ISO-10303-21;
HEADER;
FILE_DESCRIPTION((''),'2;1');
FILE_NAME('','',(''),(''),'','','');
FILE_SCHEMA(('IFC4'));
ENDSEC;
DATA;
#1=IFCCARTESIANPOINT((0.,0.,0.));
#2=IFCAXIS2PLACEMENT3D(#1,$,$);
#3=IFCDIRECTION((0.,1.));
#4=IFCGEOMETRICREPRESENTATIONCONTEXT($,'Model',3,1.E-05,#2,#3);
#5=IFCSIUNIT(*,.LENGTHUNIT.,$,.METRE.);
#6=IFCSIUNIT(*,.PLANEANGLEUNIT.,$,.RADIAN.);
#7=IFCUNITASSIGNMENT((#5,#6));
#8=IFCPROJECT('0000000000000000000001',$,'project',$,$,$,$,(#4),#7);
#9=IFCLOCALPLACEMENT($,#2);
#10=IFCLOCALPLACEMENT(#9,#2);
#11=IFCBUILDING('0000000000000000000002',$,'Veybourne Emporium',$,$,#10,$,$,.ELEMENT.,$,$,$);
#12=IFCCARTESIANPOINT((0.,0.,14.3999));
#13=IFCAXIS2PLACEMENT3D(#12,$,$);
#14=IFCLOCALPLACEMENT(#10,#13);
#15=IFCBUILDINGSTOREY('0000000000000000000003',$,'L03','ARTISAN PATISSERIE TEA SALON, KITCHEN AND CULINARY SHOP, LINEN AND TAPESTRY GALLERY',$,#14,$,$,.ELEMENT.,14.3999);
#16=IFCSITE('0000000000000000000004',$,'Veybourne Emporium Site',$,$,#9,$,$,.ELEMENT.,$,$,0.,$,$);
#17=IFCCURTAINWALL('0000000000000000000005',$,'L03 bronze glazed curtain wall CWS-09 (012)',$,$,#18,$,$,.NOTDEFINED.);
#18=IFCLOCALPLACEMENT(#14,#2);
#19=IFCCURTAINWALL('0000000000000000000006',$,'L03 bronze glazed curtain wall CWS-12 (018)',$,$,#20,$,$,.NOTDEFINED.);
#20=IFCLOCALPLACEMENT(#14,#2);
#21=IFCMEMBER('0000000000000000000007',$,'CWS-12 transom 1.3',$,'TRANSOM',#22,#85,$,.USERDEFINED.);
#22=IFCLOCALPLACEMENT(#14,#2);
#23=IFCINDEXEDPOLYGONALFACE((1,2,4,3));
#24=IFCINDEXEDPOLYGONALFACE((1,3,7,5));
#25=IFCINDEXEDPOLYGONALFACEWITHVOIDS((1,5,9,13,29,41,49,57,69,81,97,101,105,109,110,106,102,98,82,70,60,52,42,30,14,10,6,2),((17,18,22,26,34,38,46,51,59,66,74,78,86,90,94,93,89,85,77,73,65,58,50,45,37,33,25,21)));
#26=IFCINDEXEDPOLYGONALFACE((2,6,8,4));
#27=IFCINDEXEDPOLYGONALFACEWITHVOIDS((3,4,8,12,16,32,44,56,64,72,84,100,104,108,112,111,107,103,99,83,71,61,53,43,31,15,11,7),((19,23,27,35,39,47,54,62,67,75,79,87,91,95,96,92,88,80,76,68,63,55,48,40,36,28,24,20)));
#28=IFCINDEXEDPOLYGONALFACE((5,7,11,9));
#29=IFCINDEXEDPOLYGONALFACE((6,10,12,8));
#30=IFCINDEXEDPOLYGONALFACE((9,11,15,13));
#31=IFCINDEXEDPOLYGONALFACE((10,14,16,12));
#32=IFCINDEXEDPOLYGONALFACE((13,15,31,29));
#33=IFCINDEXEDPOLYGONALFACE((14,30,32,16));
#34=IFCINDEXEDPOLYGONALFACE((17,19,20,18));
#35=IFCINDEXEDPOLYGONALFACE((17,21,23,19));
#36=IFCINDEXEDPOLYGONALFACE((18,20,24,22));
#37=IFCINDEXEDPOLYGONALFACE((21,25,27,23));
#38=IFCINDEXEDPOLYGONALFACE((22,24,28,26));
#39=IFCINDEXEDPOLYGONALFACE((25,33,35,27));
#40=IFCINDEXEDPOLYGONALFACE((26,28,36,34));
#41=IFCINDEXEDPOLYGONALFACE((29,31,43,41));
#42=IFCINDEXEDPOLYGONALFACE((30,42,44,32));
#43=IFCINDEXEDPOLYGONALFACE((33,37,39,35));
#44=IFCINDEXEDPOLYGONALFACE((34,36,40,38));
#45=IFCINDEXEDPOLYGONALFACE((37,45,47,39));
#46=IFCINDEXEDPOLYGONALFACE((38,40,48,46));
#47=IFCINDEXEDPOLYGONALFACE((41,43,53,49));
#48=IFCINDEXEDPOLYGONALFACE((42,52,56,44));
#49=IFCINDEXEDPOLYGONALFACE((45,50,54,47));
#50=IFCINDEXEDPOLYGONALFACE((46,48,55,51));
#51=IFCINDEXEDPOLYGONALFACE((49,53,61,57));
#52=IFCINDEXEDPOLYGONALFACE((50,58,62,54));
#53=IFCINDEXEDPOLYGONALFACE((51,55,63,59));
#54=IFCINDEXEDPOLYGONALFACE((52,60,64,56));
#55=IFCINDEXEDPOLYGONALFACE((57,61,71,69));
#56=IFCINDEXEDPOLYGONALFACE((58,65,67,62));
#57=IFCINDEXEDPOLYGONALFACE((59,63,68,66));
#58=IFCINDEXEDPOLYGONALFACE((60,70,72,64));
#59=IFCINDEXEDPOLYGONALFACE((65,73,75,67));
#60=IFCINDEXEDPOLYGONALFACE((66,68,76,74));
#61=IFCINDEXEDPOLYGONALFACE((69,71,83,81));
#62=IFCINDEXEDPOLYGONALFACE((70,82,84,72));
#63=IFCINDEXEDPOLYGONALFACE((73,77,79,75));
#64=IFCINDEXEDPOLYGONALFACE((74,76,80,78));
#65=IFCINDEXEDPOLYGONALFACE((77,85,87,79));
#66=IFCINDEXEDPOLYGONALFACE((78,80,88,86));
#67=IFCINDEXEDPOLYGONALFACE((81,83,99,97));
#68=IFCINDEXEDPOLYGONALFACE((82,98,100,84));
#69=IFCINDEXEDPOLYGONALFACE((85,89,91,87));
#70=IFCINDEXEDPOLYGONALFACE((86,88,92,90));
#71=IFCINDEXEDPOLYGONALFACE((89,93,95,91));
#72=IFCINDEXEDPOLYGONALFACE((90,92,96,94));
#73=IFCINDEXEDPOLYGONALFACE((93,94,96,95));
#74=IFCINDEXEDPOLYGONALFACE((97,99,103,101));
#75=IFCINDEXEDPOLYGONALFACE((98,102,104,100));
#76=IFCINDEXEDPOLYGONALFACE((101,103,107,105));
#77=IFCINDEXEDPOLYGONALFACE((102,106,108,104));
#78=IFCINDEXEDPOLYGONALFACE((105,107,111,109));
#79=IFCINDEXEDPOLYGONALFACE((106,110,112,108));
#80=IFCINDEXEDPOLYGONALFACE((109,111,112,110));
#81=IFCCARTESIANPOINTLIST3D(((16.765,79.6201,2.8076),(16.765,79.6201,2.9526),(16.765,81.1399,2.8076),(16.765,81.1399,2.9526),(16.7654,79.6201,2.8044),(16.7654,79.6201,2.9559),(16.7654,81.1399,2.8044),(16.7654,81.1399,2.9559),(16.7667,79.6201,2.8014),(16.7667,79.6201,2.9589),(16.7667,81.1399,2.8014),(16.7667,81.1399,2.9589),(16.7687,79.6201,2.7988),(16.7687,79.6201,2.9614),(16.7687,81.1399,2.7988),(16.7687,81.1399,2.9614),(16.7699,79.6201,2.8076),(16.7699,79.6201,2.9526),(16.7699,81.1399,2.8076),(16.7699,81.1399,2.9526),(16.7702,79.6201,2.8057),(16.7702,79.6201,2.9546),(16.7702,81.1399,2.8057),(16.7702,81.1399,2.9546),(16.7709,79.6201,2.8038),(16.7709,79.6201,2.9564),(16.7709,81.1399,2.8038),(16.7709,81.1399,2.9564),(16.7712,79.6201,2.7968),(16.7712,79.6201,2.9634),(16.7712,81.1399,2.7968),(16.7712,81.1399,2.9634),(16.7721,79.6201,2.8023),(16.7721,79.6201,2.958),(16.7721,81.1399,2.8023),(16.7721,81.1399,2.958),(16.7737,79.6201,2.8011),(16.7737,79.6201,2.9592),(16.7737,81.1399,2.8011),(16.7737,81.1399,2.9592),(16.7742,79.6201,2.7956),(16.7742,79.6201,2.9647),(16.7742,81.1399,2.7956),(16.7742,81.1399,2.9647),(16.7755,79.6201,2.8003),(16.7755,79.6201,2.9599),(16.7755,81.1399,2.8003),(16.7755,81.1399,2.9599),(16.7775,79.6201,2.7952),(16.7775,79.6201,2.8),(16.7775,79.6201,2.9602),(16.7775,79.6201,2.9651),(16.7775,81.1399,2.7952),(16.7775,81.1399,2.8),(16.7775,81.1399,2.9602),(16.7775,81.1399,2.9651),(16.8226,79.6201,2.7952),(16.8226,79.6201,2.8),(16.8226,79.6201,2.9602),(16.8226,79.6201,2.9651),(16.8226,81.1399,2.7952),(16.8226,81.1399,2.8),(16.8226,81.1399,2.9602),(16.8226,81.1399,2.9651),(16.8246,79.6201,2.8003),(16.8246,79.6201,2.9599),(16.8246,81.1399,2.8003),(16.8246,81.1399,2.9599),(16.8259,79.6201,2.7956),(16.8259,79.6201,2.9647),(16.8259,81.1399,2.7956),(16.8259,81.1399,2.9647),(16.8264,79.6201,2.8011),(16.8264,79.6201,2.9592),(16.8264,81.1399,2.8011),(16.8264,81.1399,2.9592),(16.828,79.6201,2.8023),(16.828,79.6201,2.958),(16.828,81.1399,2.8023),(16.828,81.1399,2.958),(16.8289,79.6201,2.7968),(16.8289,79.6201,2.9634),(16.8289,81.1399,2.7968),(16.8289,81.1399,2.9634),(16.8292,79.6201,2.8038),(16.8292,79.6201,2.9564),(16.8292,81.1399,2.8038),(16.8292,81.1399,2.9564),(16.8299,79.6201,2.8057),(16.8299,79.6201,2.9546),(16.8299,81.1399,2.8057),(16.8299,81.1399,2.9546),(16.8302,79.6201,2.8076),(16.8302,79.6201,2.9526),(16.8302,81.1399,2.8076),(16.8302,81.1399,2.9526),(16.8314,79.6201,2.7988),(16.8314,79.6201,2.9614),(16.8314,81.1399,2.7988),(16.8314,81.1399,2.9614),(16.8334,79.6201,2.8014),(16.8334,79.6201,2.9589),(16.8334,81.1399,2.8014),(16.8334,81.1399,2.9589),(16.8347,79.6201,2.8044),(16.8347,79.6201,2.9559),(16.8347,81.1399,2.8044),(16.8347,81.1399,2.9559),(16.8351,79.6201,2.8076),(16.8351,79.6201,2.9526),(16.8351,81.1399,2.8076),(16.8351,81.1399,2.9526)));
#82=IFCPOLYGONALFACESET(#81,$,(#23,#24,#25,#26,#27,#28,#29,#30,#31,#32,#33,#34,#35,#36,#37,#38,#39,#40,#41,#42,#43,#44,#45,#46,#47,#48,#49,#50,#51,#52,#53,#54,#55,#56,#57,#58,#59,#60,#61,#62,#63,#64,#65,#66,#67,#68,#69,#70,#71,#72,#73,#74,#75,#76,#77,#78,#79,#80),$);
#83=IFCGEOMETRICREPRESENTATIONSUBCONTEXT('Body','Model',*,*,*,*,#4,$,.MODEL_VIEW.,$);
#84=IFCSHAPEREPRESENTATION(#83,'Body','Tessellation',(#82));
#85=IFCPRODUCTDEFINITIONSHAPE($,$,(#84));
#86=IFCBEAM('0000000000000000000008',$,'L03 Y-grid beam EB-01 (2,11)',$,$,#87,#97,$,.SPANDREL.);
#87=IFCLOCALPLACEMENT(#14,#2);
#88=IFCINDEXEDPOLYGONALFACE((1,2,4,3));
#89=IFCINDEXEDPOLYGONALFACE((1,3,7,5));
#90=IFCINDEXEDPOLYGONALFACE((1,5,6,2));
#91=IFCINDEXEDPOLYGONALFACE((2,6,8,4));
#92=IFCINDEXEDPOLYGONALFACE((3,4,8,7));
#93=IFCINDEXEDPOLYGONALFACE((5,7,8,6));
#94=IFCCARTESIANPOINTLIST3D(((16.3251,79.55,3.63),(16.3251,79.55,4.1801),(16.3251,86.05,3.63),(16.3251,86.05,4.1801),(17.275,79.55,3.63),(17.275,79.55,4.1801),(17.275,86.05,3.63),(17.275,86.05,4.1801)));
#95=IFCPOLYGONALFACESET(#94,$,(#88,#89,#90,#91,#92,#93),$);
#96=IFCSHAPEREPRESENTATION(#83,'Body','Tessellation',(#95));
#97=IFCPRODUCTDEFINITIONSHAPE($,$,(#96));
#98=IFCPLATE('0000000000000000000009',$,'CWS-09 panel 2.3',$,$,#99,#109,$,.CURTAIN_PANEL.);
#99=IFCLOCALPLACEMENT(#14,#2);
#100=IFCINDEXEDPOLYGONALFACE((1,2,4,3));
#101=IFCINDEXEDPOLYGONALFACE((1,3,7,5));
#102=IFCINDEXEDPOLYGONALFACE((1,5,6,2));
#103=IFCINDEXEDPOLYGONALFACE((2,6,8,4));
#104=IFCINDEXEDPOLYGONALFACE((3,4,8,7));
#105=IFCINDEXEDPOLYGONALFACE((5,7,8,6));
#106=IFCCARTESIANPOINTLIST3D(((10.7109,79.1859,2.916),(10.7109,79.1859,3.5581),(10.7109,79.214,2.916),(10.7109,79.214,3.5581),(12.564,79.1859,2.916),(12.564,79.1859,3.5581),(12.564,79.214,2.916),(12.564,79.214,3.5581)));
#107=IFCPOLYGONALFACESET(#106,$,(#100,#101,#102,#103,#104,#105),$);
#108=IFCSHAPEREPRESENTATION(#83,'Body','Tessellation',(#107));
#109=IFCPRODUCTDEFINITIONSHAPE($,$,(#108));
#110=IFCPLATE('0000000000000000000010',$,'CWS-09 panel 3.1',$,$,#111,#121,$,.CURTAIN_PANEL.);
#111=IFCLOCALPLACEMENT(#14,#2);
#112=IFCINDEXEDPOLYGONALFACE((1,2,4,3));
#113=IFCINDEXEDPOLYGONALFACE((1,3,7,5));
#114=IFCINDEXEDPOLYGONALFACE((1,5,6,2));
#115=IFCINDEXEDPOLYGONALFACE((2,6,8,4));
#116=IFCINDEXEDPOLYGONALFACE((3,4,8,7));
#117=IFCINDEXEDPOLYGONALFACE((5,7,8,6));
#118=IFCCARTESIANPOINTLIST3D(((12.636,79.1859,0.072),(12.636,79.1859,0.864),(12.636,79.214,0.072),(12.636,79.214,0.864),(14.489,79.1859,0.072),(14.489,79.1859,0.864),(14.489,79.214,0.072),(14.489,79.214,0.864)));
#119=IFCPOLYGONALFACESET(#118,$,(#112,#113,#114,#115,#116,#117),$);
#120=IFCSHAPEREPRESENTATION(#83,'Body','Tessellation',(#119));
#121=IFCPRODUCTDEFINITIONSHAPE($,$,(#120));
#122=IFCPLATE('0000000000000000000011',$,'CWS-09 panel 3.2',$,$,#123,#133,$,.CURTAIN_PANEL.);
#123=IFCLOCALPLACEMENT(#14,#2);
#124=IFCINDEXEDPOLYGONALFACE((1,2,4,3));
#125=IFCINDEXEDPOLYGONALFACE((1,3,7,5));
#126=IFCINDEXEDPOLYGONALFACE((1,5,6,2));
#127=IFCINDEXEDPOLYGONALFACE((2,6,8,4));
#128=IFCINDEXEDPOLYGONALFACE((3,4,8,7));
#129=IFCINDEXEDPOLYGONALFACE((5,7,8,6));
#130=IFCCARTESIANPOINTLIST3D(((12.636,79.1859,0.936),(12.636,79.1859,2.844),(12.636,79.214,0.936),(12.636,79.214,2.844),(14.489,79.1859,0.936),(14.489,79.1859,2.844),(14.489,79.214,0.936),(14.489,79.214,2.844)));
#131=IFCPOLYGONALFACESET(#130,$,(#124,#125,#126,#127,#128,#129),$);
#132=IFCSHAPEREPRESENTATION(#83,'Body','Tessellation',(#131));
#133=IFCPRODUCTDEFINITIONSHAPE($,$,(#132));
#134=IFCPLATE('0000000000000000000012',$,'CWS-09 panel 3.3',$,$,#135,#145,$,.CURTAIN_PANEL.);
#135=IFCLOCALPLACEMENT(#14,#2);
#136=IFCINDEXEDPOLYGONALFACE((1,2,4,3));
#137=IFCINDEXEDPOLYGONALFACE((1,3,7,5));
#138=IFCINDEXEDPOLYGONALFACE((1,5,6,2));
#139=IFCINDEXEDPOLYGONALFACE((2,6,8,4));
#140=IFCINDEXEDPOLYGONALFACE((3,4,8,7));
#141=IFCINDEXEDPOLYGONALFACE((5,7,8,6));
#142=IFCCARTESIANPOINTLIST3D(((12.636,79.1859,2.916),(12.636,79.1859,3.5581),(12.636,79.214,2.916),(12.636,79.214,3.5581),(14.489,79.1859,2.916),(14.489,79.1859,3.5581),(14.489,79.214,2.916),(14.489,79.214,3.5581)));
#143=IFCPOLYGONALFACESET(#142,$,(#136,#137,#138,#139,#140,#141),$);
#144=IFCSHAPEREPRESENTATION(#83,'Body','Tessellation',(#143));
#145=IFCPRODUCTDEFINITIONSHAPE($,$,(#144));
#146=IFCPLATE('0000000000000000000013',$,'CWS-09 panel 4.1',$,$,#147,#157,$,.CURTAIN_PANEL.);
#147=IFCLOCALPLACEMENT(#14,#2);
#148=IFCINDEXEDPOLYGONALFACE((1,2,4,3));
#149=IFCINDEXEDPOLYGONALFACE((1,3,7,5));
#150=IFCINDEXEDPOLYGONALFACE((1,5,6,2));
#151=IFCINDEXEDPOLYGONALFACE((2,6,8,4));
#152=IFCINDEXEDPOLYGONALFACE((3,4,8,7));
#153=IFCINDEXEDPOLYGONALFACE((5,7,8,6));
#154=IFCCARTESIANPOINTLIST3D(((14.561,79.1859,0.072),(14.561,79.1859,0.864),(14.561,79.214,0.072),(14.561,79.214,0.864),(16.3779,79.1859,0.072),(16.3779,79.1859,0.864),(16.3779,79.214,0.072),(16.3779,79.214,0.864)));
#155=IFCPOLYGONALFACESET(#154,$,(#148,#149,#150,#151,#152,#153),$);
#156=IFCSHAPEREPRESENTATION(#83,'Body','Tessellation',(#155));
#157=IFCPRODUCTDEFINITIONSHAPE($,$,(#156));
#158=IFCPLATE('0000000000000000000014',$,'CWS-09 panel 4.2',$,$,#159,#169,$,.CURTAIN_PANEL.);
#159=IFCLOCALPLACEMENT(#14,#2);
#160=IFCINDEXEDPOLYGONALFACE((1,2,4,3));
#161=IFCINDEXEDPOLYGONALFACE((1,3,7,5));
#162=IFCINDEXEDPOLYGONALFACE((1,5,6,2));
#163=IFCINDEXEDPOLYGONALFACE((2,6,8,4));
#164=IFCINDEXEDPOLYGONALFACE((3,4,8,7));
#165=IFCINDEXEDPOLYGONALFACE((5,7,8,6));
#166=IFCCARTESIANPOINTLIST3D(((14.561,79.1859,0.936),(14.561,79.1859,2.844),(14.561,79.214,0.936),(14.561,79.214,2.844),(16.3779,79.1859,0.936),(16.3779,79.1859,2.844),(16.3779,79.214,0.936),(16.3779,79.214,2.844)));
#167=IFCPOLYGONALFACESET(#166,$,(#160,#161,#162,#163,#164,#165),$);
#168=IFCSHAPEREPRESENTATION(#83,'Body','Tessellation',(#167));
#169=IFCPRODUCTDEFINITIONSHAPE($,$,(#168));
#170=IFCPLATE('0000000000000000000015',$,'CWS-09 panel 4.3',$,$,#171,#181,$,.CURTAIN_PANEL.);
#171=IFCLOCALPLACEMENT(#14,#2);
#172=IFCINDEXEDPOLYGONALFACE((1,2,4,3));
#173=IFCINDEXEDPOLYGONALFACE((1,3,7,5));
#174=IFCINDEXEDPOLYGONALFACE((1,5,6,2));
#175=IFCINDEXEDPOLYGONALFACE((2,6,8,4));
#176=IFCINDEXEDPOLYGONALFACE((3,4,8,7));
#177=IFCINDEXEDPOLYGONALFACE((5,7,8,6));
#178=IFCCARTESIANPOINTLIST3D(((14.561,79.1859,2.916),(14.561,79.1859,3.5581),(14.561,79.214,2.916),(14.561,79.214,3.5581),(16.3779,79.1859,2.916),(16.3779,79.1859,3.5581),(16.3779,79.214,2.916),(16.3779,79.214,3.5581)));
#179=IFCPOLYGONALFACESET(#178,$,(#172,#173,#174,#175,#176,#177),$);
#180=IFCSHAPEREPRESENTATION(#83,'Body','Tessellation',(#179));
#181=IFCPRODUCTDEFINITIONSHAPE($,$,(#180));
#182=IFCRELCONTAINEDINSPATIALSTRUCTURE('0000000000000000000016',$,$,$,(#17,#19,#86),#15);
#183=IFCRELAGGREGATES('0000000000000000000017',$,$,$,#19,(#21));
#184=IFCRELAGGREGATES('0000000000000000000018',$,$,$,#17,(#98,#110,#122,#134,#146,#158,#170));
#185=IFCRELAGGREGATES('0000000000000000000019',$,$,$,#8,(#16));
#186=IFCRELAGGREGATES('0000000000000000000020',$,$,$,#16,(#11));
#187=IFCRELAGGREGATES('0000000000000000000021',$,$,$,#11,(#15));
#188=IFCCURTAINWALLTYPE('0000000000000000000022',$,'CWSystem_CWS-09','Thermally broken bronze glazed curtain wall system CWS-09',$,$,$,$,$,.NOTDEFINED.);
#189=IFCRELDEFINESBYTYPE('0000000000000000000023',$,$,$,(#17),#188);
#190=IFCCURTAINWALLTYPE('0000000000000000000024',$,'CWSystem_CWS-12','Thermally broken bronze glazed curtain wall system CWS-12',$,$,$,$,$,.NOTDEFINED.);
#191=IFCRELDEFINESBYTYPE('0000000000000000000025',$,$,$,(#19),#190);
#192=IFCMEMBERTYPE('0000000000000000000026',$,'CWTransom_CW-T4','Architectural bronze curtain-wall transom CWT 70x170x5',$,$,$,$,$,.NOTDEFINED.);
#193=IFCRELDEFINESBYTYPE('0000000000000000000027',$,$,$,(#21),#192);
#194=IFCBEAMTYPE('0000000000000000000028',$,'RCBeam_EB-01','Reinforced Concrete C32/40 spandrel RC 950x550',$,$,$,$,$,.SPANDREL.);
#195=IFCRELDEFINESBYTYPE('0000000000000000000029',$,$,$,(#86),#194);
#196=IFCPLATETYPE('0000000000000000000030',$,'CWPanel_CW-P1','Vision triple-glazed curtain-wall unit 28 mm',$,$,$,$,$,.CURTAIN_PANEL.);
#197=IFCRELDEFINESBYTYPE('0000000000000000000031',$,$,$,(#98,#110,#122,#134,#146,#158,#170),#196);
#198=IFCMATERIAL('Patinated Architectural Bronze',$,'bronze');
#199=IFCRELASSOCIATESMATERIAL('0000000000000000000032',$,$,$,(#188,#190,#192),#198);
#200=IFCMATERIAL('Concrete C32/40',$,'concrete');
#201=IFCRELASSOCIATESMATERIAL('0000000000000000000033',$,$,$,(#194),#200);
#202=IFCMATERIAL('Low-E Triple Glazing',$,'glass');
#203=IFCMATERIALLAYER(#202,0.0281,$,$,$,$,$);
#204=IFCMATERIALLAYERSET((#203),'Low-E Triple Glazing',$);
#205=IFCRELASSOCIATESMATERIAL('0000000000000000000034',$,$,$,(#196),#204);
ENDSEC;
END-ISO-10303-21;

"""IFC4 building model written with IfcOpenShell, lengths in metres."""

from ifc_helpers import new_model, si_unit, direction, frame, origin, origin_2d, place, context, subcontext, project, spatial, rectangle, hollow_rectangle, extrude, material, layer, layer_set, material_profile, profile_set, type_object, element, aggregate, save


model = new_model("IFC4")

# Units and contexts
model_context = context("Model", 3, precision=1e-05, world=origin(), true_north=direction((0.0, 1.0)))
body_context = subcontext(model_context, "Body", "Model", "MODEL_VIEW")
ifc_project = project(units=[si_unit("LENGTHUNIT", "METRE"), si_unit("PLANEANGLEUNIT", "RADIAN")], contexts=[model_context])

# Site, building, storey
site_placement = place(None, origin())
site = spatial("IfcSite", under=ifc_project, at=site_placement, Name="Veybourne Emporium Site", CompositionType="ELEMENT", RefElevation=0.0)
building_placement = place(site_placement, origin())
building = spatial("IfcBuilding", under=site, at=building_placement, Name="Veybourne Emporium", CompositionType="ELEMENT")
storey_placement = place(building_placement, frame((0.0, 0.0, 14.3999)))
storey = spatial("IfcBuildingStorey", under=building, at=storey_placement, Name="L03", Description="ARTISAN PATISSERIE TEA SALON, KITCHEN AND CULINARY SHOP, LINEN AND TAPESTRY GALLERY", CompositionType="ELEMENT", Elevation=14.3999)

# Curtain wall
ifc_material_1 = material(Name="Patinated Architectural Bronze", Category="bronze")
curtain_wall_type_1 = type_object("IfcCurtainWallType", Name="CWSystem_CWS-09", Description="Thermally broken bronze glazed curtain wall system CWS-09", PredefinedType="NOTDEFINED", material=ifc_material_1)
curtain_wall_1_placement = place(storey_placement, origin())
curtain_wall_1 = element("IfcCurtainWall", 1, at=curtain_wall_1_placement, inside=storey, type_object=curtain_wall_type_1, Name="L03 bronze glazed curtain wall CWS-09 (012)", PredefinedType="NOTDEFINED")

# Curtain wall
curtain_wall_type_2 = type_object("IfcCurtainWallType", Name="CWSystem_CWS-12", Description="Thermally broken bronze glazed curtain wall system CWS-12", PredefinedType="NOTDEFINED", material=ifc_material_1)
curtain_wall_2_placement = place(storey_placement, origin())
curtain_wall_2 = element("IfcCurtainWall", 2, at=curtain_wall_2_placement, inside=storey, type_object=curtain_wall_type_2, Name="L03 bronze glazed curtain wall CWS-12 (018)", PredefinedType="NOTDEFINED")

# Member
ifc_material_profile_1 = material_profile(ifc_material_1, hollow_rectangle(XDim=0.0701, YDim=0.1699, WallThickness=0.0049, InnerFilletRadius=0.0076, OuterFilletRadius=0.0125, at=origin_2d()), Name="CWT 70x170x5")
ifc_profile_set_1 = profile_set([ifc_material_profile_1], Name="Patinated Architectural Bronze")
member_type_1 = type_object("IfcMemberType", Name="CWTransom_CW-T4", Description="Architectural bronze curtain-wall transom CWT 70x170x5", PredefinedType="NOTDEFINED", material=ifc_profile_set_1)
member_1_placement = place(storey_placement, frame((16.8, 79.6201, 2.8801), z_axis=(0.0, 1.0, 0.0), x_axis=(-1.0, 0.0, 0.0)))
member_1 = element("IfcMember", 3, at=member_1_placement, type_object=member_type_1, Name="CWS-12 transom 1.3", ObjectType="TRANSOM", PredefinedType="USERDEFINED", context=body_context, shape_type="SweptSolid", body=[
    extrude(hollow_rectangle(XDim=0.0701, YDim=0.1699, WallThickness=0.0049, InnerFilletRadius=0.0076, OuterFilletRadius=0.0125, at=origin_2d()), origin(), (0.0, 0.0, 1.0), 1.5198),
])
aggregate(curtain_wall_2, [member_1])

# Beam
ifc_material_2 = material(Name="Concrete C32/40", Category="concrete")
ifc_material_profile_2 = material_profile(ifc_material_2, rectangle(XDim=0.95, YDim=0.55, at=origin_2d()), Name="RC 950x550")
ifc_profile_set_2 = profile_set([ifc_material_profile_2], Name="Concrete C32/40")
beam_type = type_object("IfcBeamType", Name="RCBeam_EB-01", Description="Reinforced Concrete C32/40 spandrel RC 950x550", PredefinedType="SPANDREL", material=ifc_profile_set_2)
beam_placement = place(storey_placement, frame((16.8, 79.55, 3.905), z_axis=(0.0, 1.0, 0.0), x_axis=(-1.0, 0.0, 0.0)))
element("IfcBeam", 4, at=beam_placement, inside=storey, type_object=beam_type, Name="L03 Y-grid beam EB-01 (2,11)", PredefinedType="SPANDREL", context=body_context, shape_type="SweptSolid", body=[
    extrude(rectangle(XDim=0.95, YDim=0.55, at=origin_2d()), origin(), (0.0, 0.0, 1.0), 6.5),
])

# Plates
ifc_material_3 = material(Name="Low-E Triple Glazing", Category="glass")
ifc_layer_1 = layer(ifc_material_3, 0.0281)
ifc_layer_set_1 = layer_set([ifc_layer_1], Name="Low-E Triple Glazing")
plate_type = type_object("IfcPlateType", Name="CWPanel_CW-P1", Description="Vision triple-glazed curtain-wall unit 28 mm", PredefinedType="CURTAIN_PANEL", material=ifc_layer_set_1)
plate_1_placement = place(storey_placement, frame((11.6375, 79.2, 2.916), z_axis=(0.0, 0.0, 1.0), x_axis=(1.0, 0.0, 0.0)))
plate_1 = element("IfcPlate", 5, at=plate_1_placement, type_object=plate_type, Name="CWS-09 panel 2.3", PredefinedType="CURTAIN_PANEL", context=body_context, shape_type="SweptSolid", body=[
    extrude(rectangle(XDim=1.853, YDim=0.0281, at=origin_2d()), origin(), (0.0, 0.0, 1.0), 0.6421),
])
plate_2_placement = place(storey_placement, frame((13.5625, 79.2, 0.072), z_axis=(0.0, 0.0, 1.0), x_axis=(1.0, 0.0, 0.0)))
plate_2 = element("IfcPlate", 6, at=plate_2_placement, type_object=plate_type, Name="CWS-09 panel 3.1", PredefinedType="CURTAIN_PANEL", context=body_context, shape_type="SweptSolid", body=[
    extrude(rectangle(XDim=1.853, YDim=0.0281, at=origin_2d()), origin(), (0.0, 0.0, 1.0), 0.792),
])
plate_3_placement = place(storey_placement, frame((13.5625, 79.2, 0.936), z_axis=(0.0, 0.0, 1.0), x_axis=(1.0, 0.0, 0.0)))
plate_3 = element("IfcPlate", 7, at=plate_3_placement, type_object=plate_type, Name="CWS-09 panel 3.2", PredefinedType="CURTAIN_PANEL", context=body_context, shape_type="SweptSolid", body=[
    extrude(rectangle(XDim=1.853, YDim=0.0281, at=origin_2d()), origin(), (0.0, 0.0, 1.0), 1.908),
])
plate_4_placement = place(storey_placement, frame((13.5625, 79.2, 2.916), z_axis=(0.0, 0.0, 1.0), x_axis=(1.0, 0.0, 0.0)))
plate_4 = element("IfcPlate", 8, at=plate_4_placement, type_object=plate_type, Name="CWS-09 panel 3.3", PredefinedType="CURTAIN_PANEL", context=body_context, shape_type="SweptSolid", body=[
    extrude(rectangle(XDim=1.853, YDim=0.0281, at=origin_2d()), origin(), (0.0, 0.0, 1.0), 0.6421),
])
plate_5_placement = place(storey_placement, frame((15.4695, 79.2, 0.072), z_axis=(0.0, 0.0, 1.0), x_axis=(1.0, 0.0, 0.0)))
plate_5 = element("IfcPlate", 9, at=plate_5_placement, type_object=plate_type, Name="CWS-09 panel 4.1", PredefinedType="CURTAIN_PANEL", context=body_context, shape_type="SweptSolid", body=[
    extrude(rectangle(XDim=1.8169, YDim=0.0281, at=origin_2d()), origin(), (0.0, 0.0, 1.0), 0.792),
])
plate_6_placement = place(storey_placement, frame((15.4695, 79.2, 0.936), z_axis=(0.0, 0.0, 1.0), x_axis=(1.0, 0.0, 0.0)))
plate_6 = element("IfcPlate", 10, at=plate_6_placement, type_object=plate_type, Name="CWS-09 panel 4.2", PredefinedType="CURTAIN_PANEL", context=body_context, shape_type="SweptSolid", body=[
    extrude(rectangle(XDim=1.8169, YDim=0.0281, at=origin_2d()), origin(), (0.0, 0.0, 1.0), 1.908),
])
plate_7_placement = place(storey_placement, frame((15.4695, 79.2, 2.916), z_axis=(0.0, 0.0, 1.0), x_axis=(1.0, 0.0, 0.0)))
plate_7 = element("IfcPlate", 11, at=plate_7_placement, type_object=plate_type, Name="CWS-09 panel 4.3", PredefinedType="CURTAIN_PANEL", context=body_context, shape_type="SweptSolid", body=[
    extrude(rectangle(XDim=1.8169, YDim=0.0281, at=origin_2d()), origin(), (0.0, 0.0, 1.0), 0.6421),
])
aggregate(curtain_wall_1, [plate_1, plate_2, plate_3, plate_4, plate_5, plate_6, plate_7])

save(model, "model.ifc")
